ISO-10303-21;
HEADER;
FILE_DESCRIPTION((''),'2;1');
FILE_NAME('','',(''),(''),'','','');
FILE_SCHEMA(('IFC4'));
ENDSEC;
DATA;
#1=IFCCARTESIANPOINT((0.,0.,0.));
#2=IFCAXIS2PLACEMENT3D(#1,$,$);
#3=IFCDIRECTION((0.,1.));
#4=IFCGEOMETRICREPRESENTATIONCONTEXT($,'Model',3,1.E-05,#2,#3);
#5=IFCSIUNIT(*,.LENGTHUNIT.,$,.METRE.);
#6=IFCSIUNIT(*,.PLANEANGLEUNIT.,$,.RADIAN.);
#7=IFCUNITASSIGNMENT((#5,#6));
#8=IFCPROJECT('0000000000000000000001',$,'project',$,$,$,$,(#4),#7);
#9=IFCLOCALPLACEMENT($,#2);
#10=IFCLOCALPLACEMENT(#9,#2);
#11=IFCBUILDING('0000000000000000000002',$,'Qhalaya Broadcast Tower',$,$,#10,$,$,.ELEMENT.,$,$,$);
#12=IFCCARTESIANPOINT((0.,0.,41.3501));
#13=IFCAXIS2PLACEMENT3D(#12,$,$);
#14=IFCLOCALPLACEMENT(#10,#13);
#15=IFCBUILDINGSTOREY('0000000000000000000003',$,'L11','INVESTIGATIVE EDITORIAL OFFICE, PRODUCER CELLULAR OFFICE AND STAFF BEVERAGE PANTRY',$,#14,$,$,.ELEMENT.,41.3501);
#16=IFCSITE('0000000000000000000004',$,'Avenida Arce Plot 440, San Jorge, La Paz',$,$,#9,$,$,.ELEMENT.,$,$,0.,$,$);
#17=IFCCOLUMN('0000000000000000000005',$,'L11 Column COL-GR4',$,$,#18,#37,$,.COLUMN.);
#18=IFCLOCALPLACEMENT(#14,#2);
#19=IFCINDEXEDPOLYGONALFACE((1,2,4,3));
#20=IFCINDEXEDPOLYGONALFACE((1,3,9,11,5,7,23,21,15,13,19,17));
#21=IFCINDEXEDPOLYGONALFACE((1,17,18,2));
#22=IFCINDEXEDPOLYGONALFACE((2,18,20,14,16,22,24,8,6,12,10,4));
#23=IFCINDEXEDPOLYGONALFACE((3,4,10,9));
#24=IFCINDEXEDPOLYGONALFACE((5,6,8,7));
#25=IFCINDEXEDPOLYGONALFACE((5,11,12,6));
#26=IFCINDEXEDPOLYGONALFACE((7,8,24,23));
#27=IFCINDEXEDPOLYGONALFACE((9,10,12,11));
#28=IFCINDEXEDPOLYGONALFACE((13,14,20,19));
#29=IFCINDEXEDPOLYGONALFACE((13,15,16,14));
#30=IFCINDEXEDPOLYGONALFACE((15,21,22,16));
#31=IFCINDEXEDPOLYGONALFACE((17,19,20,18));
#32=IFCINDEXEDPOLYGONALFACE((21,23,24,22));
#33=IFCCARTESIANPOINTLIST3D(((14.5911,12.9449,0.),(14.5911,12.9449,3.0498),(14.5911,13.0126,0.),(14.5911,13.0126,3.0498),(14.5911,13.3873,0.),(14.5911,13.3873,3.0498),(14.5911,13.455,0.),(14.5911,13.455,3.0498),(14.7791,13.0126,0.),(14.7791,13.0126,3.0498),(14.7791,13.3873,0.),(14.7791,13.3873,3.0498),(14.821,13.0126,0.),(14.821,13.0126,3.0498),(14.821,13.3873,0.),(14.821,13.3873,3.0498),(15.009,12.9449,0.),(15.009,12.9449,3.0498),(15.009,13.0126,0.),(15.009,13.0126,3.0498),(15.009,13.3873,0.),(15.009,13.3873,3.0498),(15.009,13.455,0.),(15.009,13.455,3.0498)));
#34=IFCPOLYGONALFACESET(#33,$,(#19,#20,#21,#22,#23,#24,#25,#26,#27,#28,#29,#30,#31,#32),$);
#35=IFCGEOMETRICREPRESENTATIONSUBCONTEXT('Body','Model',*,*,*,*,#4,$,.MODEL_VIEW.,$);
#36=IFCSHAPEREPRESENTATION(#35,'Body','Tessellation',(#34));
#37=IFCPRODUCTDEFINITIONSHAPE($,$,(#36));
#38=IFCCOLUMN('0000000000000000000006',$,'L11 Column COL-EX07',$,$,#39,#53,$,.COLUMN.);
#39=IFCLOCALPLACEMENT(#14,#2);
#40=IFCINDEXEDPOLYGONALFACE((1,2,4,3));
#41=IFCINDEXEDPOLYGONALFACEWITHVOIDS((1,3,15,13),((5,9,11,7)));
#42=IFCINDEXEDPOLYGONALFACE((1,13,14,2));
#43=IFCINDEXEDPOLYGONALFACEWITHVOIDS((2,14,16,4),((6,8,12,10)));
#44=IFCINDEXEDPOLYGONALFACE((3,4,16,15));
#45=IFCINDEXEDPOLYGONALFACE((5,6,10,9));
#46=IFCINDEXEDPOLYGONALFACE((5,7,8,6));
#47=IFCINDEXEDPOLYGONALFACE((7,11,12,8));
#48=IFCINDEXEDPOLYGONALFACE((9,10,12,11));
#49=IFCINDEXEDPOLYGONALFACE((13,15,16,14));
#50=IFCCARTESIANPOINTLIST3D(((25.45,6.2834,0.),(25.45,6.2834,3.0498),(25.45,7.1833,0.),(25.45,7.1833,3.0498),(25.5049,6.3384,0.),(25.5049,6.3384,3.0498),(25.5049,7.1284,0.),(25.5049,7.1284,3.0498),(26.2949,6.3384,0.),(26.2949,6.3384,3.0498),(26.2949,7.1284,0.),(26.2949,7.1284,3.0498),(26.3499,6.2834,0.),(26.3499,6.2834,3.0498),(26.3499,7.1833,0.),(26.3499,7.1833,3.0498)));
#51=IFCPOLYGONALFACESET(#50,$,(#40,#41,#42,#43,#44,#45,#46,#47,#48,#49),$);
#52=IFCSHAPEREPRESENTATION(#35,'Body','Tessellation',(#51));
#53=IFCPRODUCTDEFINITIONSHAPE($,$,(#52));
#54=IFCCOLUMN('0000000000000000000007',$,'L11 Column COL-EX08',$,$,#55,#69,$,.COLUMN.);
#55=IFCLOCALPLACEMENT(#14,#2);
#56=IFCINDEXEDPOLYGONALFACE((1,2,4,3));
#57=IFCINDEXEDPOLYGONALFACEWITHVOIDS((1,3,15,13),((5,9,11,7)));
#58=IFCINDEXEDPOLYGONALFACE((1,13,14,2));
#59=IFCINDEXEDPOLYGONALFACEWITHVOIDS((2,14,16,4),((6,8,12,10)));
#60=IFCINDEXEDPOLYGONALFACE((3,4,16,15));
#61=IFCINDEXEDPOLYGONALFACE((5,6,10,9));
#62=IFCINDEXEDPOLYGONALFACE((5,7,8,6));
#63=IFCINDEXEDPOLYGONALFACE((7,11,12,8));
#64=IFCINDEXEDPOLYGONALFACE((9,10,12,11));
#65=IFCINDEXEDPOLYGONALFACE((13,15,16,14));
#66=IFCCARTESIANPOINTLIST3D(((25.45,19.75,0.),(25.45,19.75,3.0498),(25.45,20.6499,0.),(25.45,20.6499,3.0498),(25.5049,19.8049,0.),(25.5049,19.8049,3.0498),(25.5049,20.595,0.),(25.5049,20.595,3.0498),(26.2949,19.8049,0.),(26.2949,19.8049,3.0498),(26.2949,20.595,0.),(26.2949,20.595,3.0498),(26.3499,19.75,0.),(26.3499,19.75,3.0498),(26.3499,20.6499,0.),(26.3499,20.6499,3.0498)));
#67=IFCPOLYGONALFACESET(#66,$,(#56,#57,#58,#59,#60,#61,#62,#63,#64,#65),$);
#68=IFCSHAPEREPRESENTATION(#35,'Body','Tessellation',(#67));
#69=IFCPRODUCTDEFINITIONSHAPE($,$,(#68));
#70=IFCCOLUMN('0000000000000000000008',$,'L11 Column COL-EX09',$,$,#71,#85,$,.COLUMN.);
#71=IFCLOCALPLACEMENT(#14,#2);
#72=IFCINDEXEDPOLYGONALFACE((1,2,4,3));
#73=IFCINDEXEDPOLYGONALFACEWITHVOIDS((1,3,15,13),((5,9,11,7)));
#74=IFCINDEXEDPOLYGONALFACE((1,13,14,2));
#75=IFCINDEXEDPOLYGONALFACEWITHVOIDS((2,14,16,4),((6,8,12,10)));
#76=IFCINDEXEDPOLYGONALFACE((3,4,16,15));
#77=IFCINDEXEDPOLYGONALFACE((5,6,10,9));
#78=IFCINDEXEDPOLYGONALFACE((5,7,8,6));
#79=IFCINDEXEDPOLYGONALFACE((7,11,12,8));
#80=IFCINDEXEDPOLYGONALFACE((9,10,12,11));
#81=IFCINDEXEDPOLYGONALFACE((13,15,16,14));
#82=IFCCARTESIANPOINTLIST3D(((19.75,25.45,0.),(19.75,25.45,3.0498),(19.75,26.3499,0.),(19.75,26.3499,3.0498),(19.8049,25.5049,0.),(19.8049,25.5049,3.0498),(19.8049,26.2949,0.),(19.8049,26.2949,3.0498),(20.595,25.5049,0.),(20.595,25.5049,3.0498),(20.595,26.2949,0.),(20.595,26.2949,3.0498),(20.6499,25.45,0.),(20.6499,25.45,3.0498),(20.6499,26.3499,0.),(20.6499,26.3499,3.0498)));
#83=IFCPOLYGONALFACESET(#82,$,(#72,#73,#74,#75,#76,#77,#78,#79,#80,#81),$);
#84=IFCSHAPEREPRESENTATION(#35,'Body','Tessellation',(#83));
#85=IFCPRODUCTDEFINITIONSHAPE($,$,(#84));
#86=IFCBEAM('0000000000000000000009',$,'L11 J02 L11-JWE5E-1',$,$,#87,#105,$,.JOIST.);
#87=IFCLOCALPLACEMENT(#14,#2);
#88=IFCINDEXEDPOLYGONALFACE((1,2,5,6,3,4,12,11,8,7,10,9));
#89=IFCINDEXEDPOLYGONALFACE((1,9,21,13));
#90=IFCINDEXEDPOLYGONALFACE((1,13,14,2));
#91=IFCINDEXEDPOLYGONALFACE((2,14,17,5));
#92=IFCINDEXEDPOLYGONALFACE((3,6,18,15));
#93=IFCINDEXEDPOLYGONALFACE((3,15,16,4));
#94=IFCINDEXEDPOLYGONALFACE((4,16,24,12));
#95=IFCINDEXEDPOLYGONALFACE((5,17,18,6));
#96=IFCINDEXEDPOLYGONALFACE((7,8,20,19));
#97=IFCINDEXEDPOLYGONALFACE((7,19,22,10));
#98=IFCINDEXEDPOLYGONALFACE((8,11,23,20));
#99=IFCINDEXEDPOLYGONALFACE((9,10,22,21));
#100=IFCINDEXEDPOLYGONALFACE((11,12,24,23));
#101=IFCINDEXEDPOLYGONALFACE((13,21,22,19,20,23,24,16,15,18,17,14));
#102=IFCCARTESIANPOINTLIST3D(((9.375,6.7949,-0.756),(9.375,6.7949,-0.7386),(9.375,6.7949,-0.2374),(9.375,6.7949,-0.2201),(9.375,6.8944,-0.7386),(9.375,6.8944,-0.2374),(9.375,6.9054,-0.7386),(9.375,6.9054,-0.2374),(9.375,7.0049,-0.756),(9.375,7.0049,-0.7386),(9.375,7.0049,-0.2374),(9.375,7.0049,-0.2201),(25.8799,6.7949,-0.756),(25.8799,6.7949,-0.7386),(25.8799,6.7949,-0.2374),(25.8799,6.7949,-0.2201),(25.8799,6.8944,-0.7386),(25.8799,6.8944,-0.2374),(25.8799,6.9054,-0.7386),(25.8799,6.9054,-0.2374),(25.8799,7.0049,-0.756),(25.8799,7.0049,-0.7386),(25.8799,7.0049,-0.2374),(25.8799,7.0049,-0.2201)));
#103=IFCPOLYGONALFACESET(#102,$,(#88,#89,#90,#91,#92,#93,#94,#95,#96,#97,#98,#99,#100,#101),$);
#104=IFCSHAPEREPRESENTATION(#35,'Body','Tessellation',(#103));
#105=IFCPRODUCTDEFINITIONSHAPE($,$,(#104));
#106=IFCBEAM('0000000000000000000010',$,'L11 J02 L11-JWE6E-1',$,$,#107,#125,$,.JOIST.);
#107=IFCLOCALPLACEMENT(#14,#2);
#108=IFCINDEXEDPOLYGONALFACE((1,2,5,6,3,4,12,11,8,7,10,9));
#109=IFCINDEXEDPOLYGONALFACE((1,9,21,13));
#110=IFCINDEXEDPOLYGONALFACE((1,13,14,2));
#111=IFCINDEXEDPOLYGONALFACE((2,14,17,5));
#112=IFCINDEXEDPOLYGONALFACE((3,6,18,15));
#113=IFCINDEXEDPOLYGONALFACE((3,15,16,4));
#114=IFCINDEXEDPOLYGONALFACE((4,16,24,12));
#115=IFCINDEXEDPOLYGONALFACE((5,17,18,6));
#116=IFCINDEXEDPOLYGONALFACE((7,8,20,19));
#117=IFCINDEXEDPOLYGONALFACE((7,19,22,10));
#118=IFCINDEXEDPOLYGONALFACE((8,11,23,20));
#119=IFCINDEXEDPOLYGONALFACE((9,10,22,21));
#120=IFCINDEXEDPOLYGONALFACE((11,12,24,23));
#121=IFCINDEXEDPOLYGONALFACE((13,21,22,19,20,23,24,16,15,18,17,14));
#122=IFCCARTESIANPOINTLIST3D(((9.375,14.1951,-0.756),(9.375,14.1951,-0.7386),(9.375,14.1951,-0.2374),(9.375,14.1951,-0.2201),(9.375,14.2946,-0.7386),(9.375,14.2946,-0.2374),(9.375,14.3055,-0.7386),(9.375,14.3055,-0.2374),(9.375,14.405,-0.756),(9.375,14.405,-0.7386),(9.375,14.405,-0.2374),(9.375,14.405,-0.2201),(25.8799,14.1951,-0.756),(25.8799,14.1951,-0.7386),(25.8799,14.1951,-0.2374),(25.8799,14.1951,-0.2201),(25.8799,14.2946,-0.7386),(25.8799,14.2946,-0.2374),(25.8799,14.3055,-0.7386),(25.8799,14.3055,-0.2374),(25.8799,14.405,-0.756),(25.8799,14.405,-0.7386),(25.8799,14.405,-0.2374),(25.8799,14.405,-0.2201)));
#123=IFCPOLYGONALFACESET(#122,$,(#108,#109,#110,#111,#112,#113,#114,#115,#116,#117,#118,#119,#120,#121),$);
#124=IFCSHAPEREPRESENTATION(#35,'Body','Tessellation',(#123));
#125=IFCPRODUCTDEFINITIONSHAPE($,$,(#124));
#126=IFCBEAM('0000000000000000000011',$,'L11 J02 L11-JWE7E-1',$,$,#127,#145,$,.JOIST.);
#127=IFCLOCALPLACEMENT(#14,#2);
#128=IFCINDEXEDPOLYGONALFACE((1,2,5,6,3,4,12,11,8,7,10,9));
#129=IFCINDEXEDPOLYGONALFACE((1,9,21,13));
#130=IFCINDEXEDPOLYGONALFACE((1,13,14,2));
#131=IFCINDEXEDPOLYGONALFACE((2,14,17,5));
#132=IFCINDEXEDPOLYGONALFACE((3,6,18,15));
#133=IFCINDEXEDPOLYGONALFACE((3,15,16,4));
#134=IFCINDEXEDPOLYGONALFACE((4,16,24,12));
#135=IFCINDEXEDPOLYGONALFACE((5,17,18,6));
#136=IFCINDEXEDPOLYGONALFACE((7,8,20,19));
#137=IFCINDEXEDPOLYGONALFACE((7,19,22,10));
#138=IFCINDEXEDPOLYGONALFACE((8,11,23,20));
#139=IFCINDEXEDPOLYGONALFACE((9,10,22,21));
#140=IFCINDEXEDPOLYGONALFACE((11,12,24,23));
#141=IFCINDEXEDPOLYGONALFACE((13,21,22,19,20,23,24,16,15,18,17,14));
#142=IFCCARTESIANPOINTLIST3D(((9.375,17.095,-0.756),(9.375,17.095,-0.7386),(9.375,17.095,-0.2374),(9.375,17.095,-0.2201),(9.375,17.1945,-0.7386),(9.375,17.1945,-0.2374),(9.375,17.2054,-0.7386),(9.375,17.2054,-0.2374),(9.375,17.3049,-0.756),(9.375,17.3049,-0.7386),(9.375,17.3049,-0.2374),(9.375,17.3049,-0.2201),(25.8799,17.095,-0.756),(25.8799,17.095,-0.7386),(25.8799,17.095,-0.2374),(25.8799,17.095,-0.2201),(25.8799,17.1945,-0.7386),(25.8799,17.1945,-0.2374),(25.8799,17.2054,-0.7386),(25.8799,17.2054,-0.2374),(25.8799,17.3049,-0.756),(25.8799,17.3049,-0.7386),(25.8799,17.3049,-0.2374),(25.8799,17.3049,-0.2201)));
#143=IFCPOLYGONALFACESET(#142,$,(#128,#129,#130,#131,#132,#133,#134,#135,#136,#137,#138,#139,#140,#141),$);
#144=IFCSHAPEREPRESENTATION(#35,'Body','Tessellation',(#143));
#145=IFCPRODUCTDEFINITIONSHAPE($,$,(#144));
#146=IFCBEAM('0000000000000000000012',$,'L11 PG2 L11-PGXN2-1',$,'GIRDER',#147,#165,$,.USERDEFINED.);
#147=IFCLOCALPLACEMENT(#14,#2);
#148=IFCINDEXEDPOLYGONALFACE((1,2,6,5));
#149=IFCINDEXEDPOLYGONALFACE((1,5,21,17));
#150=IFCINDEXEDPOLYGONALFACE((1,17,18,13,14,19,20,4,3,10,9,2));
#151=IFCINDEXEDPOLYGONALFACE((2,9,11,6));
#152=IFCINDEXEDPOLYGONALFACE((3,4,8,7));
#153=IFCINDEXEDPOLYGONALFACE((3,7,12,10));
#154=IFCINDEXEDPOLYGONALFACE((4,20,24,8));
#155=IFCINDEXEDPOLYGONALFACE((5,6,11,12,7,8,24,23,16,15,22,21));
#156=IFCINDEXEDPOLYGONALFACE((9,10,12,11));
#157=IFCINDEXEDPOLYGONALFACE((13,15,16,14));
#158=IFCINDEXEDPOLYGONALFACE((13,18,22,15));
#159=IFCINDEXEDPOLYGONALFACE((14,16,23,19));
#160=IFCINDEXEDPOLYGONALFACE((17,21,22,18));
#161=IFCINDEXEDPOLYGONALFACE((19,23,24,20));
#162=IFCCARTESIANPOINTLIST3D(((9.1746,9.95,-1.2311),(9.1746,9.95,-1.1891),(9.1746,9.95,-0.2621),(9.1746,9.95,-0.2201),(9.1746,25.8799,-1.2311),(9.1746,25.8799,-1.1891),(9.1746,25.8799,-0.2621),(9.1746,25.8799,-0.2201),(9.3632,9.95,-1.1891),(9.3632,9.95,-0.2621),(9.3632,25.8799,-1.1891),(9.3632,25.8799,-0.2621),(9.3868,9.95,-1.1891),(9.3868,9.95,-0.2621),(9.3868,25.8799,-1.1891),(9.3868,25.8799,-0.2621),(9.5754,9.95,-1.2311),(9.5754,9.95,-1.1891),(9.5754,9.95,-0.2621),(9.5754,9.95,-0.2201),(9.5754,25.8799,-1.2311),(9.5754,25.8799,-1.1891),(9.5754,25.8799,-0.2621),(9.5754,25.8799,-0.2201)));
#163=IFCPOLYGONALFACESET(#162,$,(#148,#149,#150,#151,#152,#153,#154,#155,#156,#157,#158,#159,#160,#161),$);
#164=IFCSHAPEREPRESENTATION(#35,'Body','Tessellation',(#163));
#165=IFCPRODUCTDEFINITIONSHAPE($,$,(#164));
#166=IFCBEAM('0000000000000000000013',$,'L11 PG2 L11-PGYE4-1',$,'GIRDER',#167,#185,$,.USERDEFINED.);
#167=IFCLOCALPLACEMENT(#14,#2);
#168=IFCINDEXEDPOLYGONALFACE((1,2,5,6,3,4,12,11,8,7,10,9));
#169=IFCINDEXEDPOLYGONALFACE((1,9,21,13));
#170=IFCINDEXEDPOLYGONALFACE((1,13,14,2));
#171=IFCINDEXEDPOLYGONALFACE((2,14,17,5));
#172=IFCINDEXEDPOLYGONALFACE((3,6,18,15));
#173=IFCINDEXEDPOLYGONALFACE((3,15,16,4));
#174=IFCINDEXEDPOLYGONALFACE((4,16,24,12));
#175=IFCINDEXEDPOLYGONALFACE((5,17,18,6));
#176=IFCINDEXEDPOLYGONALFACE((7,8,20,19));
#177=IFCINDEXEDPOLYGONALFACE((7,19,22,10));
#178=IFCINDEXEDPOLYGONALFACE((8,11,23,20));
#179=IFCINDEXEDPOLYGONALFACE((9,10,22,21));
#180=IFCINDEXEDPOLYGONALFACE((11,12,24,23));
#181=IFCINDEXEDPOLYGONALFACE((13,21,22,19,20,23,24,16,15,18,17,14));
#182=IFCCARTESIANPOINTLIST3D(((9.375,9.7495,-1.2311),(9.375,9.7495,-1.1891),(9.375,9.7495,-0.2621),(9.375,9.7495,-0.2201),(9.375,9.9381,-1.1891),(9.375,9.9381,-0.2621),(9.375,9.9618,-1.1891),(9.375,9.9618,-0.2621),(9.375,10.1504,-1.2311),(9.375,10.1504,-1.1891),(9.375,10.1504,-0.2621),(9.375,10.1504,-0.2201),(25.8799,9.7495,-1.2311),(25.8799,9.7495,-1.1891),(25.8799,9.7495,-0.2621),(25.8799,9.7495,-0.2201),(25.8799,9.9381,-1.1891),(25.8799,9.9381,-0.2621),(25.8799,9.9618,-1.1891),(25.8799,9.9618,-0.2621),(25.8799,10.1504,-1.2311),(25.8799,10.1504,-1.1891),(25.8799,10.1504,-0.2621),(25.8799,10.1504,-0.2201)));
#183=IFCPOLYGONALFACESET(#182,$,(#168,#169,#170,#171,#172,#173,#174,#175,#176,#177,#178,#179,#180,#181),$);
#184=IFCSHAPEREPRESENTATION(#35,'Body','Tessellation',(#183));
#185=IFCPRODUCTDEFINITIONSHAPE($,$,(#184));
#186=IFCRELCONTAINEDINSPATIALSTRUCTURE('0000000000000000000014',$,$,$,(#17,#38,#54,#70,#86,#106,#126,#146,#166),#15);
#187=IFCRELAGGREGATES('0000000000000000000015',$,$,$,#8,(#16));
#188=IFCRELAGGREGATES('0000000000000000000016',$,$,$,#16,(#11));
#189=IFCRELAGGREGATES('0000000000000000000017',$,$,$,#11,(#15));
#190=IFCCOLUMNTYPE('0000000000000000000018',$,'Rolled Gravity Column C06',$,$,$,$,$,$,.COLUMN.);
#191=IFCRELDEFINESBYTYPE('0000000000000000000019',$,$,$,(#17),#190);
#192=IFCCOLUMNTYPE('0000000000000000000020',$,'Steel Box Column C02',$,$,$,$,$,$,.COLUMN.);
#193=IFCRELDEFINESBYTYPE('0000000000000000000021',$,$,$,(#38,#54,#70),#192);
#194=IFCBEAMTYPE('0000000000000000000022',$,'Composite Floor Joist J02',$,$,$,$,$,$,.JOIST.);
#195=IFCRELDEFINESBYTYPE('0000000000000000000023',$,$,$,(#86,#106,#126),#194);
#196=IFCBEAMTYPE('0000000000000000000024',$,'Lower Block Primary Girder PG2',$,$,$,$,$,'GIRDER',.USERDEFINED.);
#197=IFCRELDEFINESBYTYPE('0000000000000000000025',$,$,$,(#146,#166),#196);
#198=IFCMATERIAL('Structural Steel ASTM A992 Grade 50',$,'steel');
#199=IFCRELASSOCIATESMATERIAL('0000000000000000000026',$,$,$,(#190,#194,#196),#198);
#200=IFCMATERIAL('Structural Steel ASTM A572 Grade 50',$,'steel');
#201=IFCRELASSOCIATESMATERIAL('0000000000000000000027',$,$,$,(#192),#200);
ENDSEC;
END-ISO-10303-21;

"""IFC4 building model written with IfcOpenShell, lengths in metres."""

from ifc_helpers import new_model, si_unit, direction, frame, origin, origin_2d, place, context, subcontext, project, spatial, hollow_rectangle, i_section, extrude, material, material_profile, profile_set, type_object, element, save


model = new_model("IFC4")

# Units and contexts
model_context = context("Model", 3, precision=1e-05, world=origin(), true_north=direction((0.0, 1.0)))
body_context = subcontext(model_context, "Body", "Model", "MODEL_VIEW")
ifc_project = project(units=[si_unit("LENGTHUNIT", "METRE"), si_unit("PLANEANGLEUNIT", "RADIAN")], contexts=[model_context])

# Site, building, storey
site_placement = place(None, origin())
site = spatial("IfcSite", under=ifc_project, at=site_placement, Name="Avenida Arce Plot 440, San Jorge, La Paz", CompositionType="ELEMENT", RefElevation=0.0)
building_placement = place(site_placement, origin())
building = spatial("IfcBuilding", under=site, at=building_placement, Name="Qhalaya Broadcast Tower", CompositionType="ELEMENT")
storey_placement = place(building_placement, frame((0.0, 0.0, 41.3501)))
storey = spatial("IfcBuildingStorey", under=building, at=storey_placement, Name="L11", Description="INVESTIGATIVE EDITORIAL OFFICE, PRODUCER CELLULAR OFFICE AND STAFF BEVERAGE PANTRY", CompositionType="ELEMENT", Elevation=41.3501)

# Columns
ifc_material_1 = material(Name="Structural Steel ASTM A992 Grade 50", Category="steel")
ifc_material_profile_1 = material_profile(ifc_material_1, i_section(OverallWidth=0.418, OverallDepth=0.51, WebThickness=0.042, FlangeThickness=0.0676, at=origin_2d()), Name="W14X370")
ifc_profile_set_1 = profile_set([ifc_material_profile_1], Name="Structural Steel ASTM A992 Grade 50")
column_type_1 = type_object("IfcColumnType", Name="Rolled Gravity Column C06", PredefinedType="COLUMN", material=ifc_profile_set_1)
column_placement = place(storey_placement, frame((14.8, 13.2, 0.0), z_axis=(0.0, 0.0, 1.0), x_axis=(1.0, 0.0, 0.0)))
element("IfcColumn", 1, at=column_placement, inside=storey, type_object=column_type_1, Name="L11 Column COL-GR4", PredefinedType="COLUMN", context=body_context, shape_type="SweptSolid", body=[
    extrude(i_section(OverallWidth=0.418, OverallDepth=0.51, WebThickness=0.042, FlangeThickness=0.0676, at=origin_2d()), origin(), (0.0, 0.0, 1.0), 3.0498),
])
ifc_material_2 = material(Name="Structural Steel ASTM A572 Grade 50", Category="steel")
ifc_material_profile_2 = material_profile(ifc_material_2, hollow_rectangle(XDim=0.8999, YDim=0.8999, WallThickness=0.0549, at=origin_2d()), Name="BOX 900x900x55")
ifc_profile_set_2 = profile_set([ifc_material_profile_2], Name="Structural Steel ASTM A572 Grade 50")
column_type_2 = type_object("IfcColumnType", Name="Steel Box Column C02", PredefinedType="COLUMN", material=ifc_profile_set_2)
for number, where, z_axis, x_axis, name in (
    (2, (25.8999, 6.7334, 0.0), (0.0, 0.0, 1.0), (0.0, 1.0, 0.0), "L11 Column COL-EX07"),
    (3, (25.8999, 20.2, 0.0), (0.0, 0.0, 1.0), (0.0, 1.0, 0.0), "L11 Column COL-EX08"),
    (4, (20.2, 25.8999, 0.0), (0.0, 0.0, 1.0), (1.0, 0.0, 0.0), "L11 Column COL-EX09"),
):
    element("IfcColumn", number, at=place(storey_placement, frame(where, z_axis=z_axis, x_axis=x_axis)), inside=storey, type_object=column_type_2, Name=name, PredefinedType="COLUMN", context=body_context, shape_type="SweptSolid", body=[
        extrude(hollow_rectangle(XDim=0.8999, YDim=0.8999, WallThickness=0.0549, at=origin_2d()), origin(), (0.0, 0.0, 1.0), 3.0498),
    ])

# Beams
ifc_material_profile_3 = material_profile(ifc_material_1, i_section(OverallWidth=0.21, OverallDepth=0.5359, WebThickness=0.011, FlangeThickness=0.0173, at=origin_2d()), Name="W21X68")
ifc_profile_set_3 = profile_set([ifc_material_profile_3], Name="Structural Steel ASTM A992 Grade 50")
beam_type_1 = type_object("IfcBeamType", Name="Composite Floor Joist J02", PredefinedType="JOIST", material=ifc_profile_set_3)
for number, where, z_axis, x_axis, name in (
    (5, (9.375, 6.8999, -0.488), (1.0, 0.0, 0.0), (0.0, 1.0, 0.0), "L11 J02 L11-JWE5E-1"),
    (6, (9.375, 14.3, -0.488), (1.0, 0.0, 0.0), (0.0, 1.0, 0.0), "L11 J02 L11-JWE6E-1"),
    (7, (9.375, 17.2, -0.488), (1.0, 0.0, 0.0), (0.0, 1.0, 0.0), "L11 J02 L11-JWE7E-1"),
):
    element("IfcBeam", number, at=place(storey_placement, frame(where, z_axis=z_axis, x_axis=x_axis)), inside=storey, type_object=beam_type_1, Name=name, PredefinedType="JOIST", context=body_context, shape_type="SweptSolid", body=[
        extrude(i_section(OverallWidth=0.21, OverallDepth=0.5359, WebThickness=0.011, FlangeThickness=0.0173, at=origin_2d()), origin(), (0.0, 0.0, 1.0), 16.5049),
    ])
ifc_material_profile_4 = material_profile(ifc_material_1, i_section(OverallWidth=0.4009, OverallDepth=1.011, WebThickness=0.0237, FlangeThickness=0.042, at=origin_2d()), Name="W40X297")
ifc_profile_set_4 = profile_set([ifc_material_profile_4], Name="Structural Steel ASTM A992 Grade 50")
beam_type_2 = type_object("IfcBeamType", Name="Lower Block Primary Girder PG2", ElementType="GIRDER", PredefinedType="USERDEFINED", material=ifc_profile_set_4)
beam_1_placement = place(storey_placement, frame((9.375, 9.95, -0.7256), z_axis=(0.0, 1.0, 0.0), x_axis=(-1.0, 0.0, 0.0)))
element("IfcBeam", 8, at=beam_1_placement, inside=storey, type_object=beam_type_2, Name="L11 PG2 L11-PGXN2-1", ObjectType="GIRDER", PredefinedType="USERDEFINED", context=body_context, shape_type="SweptSolid", body=[
    extrude(i_section(OverallWidth=0.4009, OverallDepth=1.011, WebThickness=0.0237, FlangeThickness=0.042, at=origin_2d()), origin(), (0.0, 0.0, 1.0), 15.9299),
])
beam_2_placement = place(storey_placement, frame((9.375, 9.95, -0.7256), z_axis=(1.0, 0.0, 0.0), x_axis=(0.0, 1.0, 0.0)))
element("IfcBeam", 9, at=beam_2_placement, inside=storey, type_object=beam_type_2, Name="L11 PG2 L11-PGYE4-1", ObjectType="GIRDER", PredefinedType="USERDEFINED", context=body_context, shape_type="SweptSolid", body=[
    extrude(i_section(OverallWidth=0.4009, OverallDepth=1.011, WebThickness=0.0237, FlangeThickness=0.042, at=origin_2d()), origin(), (0.0, 0.0, 1.0), 16.5049),
])

save(model, "model.ifc")
